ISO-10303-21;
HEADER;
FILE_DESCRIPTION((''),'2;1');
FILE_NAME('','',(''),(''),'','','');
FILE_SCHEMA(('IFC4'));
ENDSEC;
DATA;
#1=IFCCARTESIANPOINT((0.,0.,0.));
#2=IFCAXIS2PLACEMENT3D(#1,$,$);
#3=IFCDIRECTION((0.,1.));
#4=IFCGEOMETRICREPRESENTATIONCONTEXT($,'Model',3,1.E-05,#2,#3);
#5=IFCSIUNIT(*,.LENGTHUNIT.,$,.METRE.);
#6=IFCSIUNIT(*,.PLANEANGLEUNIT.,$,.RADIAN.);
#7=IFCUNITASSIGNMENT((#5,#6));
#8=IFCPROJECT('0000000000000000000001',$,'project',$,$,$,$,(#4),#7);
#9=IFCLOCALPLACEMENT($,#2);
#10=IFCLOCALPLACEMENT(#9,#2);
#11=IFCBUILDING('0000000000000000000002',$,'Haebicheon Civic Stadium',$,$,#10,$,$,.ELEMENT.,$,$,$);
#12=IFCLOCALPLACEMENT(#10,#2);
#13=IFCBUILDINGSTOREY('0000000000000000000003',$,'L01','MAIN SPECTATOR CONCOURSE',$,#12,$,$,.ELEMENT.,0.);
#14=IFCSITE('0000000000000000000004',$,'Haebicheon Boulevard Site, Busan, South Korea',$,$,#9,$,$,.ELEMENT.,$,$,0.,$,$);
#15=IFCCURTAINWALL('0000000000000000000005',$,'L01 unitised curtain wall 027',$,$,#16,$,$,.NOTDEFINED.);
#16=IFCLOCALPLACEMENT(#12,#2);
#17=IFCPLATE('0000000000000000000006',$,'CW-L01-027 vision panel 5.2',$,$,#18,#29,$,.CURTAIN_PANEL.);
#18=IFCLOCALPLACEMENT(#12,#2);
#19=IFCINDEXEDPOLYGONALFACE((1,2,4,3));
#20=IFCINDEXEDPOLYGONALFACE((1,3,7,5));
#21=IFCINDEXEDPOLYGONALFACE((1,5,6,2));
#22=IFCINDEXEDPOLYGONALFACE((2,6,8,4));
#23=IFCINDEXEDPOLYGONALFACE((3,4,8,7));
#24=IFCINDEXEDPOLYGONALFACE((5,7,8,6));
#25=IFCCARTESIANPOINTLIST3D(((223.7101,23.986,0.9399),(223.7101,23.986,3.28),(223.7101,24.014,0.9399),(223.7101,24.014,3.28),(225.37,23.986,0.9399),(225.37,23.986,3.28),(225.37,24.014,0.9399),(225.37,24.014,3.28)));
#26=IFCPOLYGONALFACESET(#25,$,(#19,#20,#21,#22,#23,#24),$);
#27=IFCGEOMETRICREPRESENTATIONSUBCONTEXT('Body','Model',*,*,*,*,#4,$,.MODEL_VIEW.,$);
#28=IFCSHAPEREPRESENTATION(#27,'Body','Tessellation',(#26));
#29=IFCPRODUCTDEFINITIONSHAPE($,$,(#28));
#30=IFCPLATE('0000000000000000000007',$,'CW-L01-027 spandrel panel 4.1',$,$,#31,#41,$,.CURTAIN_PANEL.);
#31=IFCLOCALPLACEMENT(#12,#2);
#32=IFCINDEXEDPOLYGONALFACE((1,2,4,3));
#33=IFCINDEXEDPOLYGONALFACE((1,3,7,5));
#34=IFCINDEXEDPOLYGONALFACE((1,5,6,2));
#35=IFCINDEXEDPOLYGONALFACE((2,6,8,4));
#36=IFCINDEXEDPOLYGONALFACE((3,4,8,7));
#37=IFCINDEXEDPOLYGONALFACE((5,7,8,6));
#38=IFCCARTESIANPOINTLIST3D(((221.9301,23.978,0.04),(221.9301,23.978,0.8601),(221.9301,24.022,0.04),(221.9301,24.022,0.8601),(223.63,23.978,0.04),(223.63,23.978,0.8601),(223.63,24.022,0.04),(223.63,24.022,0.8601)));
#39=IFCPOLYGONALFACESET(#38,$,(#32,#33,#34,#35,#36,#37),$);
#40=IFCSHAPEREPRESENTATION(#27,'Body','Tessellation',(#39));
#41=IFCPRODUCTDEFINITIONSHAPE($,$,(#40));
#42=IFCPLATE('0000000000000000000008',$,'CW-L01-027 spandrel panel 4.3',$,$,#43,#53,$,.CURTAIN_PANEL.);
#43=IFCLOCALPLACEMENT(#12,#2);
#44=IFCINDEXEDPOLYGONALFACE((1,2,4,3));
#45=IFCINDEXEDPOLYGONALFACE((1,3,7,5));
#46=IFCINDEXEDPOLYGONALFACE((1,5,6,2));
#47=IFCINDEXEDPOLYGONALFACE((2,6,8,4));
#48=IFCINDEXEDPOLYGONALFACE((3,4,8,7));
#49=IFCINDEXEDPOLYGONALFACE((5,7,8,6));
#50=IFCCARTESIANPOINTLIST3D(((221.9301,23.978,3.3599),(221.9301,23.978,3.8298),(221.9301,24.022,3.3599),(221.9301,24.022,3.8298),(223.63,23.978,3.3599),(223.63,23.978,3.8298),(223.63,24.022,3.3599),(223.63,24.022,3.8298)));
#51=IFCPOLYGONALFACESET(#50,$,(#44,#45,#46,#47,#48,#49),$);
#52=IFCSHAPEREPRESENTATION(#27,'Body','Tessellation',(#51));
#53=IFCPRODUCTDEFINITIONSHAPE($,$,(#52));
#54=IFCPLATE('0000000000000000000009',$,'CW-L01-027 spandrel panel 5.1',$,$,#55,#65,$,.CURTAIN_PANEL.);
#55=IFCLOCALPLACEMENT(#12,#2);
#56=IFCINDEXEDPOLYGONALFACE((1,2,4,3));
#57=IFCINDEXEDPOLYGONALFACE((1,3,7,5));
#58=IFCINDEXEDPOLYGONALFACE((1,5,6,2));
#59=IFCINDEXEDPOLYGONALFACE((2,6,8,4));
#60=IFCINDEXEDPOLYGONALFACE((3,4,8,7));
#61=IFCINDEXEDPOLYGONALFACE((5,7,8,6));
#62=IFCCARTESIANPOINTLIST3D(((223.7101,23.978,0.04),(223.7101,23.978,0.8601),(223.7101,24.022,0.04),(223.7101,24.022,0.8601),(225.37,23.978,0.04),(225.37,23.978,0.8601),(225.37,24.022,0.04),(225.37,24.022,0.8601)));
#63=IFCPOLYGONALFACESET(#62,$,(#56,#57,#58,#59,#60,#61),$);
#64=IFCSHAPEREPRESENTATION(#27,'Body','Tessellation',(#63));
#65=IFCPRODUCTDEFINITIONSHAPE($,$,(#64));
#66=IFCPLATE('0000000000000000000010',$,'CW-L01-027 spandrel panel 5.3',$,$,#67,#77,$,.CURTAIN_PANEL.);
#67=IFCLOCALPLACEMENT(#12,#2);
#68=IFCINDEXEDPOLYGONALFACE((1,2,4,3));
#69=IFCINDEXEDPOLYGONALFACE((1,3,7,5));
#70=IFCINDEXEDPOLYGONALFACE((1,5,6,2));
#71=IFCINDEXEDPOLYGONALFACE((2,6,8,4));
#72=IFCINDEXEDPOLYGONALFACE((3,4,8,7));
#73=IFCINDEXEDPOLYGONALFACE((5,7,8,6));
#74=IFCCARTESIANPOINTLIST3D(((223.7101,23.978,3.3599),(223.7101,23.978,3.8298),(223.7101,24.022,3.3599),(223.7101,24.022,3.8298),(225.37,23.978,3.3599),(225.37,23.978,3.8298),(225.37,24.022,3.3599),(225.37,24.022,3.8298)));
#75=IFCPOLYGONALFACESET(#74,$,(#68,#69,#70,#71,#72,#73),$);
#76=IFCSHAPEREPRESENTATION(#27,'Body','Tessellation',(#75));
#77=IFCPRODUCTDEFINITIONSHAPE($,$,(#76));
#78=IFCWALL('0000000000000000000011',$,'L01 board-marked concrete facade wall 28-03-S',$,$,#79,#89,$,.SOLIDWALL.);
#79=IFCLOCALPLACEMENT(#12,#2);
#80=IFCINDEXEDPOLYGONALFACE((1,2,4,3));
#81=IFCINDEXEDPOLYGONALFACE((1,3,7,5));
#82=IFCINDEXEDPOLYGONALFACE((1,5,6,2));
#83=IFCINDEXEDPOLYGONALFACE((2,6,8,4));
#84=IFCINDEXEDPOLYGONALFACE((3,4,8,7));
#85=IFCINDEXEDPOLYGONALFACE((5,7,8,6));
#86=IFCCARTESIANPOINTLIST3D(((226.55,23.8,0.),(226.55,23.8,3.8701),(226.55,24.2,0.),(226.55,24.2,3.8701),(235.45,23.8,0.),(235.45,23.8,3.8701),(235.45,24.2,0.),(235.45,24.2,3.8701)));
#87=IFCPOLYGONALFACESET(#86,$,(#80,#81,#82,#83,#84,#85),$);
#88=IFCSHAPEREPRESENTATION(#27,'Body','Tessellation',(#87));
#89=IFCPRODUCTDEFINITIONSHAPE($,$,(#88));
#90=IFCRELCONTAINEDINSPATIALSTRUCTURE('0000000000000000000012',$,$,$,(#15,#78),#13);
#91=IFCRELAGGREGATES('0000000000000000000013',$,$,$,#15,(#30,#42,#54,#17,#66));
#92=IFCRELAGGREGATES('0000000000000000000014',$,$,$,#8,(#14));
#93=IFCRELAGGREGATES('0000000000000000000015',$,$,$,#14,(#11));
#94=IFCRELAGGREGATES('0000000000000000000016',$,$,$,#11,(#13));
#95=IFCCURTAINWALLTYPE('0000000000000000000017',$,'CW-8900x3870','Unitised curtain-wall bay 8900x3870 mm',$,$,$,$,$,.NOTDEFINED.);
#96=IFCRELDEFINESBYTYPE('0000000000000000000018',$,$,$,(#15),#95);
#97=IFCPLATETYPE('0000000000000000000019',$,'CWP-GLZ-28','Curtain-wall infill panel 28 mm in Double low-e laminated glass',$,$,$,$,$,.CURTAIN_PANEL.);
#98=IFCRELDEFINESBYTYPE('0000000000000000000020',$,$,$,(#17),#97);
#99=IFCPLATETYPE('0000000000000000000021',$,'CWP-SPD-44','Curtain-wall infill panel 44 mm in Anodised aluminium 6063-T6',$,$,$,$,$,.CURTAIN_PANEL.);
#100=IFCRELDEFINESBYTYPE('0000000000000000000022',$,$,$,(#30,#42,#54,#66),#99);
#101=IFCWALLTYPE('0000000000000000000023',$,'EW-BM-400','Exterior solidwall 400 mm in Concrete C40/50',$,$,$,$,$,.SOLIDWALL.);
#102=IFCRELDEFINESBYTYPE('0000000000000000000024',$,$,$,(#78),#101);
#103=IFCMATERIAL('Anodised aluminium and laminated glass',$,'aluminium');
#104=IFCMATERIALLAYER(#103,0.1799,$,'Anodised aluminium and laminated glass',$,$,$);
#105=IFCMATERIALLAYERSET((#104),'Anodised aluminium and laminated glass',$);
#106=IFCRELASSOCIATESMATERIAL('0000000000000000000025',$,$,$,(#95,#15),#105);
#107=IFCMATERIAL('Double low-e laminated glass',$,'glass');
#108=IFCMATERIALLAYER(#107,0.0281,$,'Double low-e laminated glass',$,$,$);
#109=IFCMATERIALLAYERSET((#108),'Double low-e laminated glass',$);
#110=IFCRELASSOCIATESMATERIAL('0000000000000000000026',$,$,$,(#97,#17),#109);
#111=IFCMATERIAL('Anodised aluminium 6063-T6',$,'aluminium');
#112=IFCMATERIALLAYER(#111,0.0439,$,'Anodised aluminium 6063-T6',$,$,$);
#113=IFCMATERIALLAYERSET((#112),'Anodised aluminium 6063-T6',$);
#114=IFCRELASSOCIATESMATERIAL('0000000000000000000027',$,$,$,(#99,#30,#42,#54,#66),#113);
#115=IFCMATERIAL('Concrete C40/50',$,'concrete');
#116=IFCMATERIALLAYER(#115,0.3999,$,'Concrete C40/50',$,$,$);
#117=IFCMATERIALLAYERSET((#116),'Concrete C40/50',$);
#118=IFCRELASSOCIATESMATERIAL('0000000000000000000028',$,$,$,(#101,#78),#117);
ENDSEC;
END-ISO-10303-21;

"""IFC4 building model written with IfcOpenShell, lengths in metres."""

from ifc_helpers import new_model, si_unit, direction, frame, frame_2d, origin, origin_2d, place, context, subcontext, project, spatial, rectangle, extrude, material, layer, layer_set, type_object, element, aggregate, save


model = new_model("IFC4")

# Units and contexts
model_context = context("Model", 3, precision=1e-05, world=origin(), true_north=direction((0.0, 1.0)))
body_context = subcontext(model_context, "Body", "Model", "MODEL_VIEW")
ifc_project = project(units=[si_unit("LENGTHUNIT", "METRE"), si_unit("PLANEANGLEUNIT", "RADIAN")], contexts=[model_context])

# Site, building, storey
site_placement = place(None, origin())
site = spatial("IfcSite", under=ifc_project, at=site_placement, Name="Haebicheon Boulevard Site, Busan, South Korea", CompositionType="ELEMENT", RefElevation=0.0)
building_placement = place(site_placement, origin())
building = spatial("IfcBuilding", under=site, at=building_placement, Name="Haebicheon Civic Stadium", CompositionType="ELEMENT")
storey_placement = place(building_placement, origin())
storey = spatial("IfcBuildingStorey", under=building, at=storey_placement, Name="L01", Description="MAIN SPECTATOR CONCOURSE", CompositionType="ELEMENT", Elevation=0.0)

# Curtain wall
ifc_material_1 = material(Name="Anodised aluminium and laminated glass", Category="aluminium")
ifc_layer_1 = layer(ifc_material_1, 0.1799, Name="Anodised aluminium and laminated glass")
ifc_layer_set_1 = layer_set([ifc_layer_1], Name="Anodised aluminium and laminated glass")
curtain_wall_type = type_object("IfcCurtainWallType", Name="CW-8900x3870", Description="Unitised curtain-wall bay 8900x3870 mm", PredefinedType="NOTDEFINED", material=ifc_layer_set_1)
curtain_wall_placement = place(storey_placement, origin())
curtain_wall = element("IfcCurtainWall", 1, at=curtain_wall_placement, inside=storey, type_object=curtain_wall_type, material=ifc_layer_set_1, Name="L01 unitised curtain wall 027", PredefinedType="NOTDEFINED")

# Plates
ifc_material_2 = material(Name="Double low-e laminated glass", Category="glass")
ifc_layer_2 = layer(ifc_material_2, 0.0281, Name="Double low-e laminated glass")
ifc_layer_set_2 = layer_set([ifc_layer_2], Name="Double low-e laminated glass")
plate_type_1 = type_object("IfcPlateType", Name="CWP-GLZ-28", Description="Curtain-wall infill panel 28 mm in Double low-e laminated glass", PredefinedType="CURTAIN_PANEL", material=ifc_layer_set_2)
plate_1_placement = place(storey_placement, frame((224.54, 24.0, 0.9399), z_axis=(0.0, 0.0, 1.0), x_axis=(1.0, 0.0, 0.0)))
plate_1 = element("IfcPlate", 2, at=plate_1_placement, type_object=plate_type_1, material=ifc_layer_set_2, Name="CW-L01-027 vision panel 5.2", PredefinedType="CURTAIN_PANEL", context=body_context, shape_type="SweptSolid", body=[
    extrude(rectangle(XDim=1.6599, YDim=0.0281, at=origin_2d()), origin(), (0.0, 0.0, 1.0), 2.3401),
])
ifc_material_3 = material(Name="Anodised aluminium 6063-T6", Category="aluminium")
ifc_layer_3 = layer(ifc_material_3, 0.0439, Name="Anodised aluminium 6063-T6")
ifc_layer_set_3 = layer_set([ifc_layer_3], Name="Anodised aluminium 6063-T6")
plate_type_2 = type_object("IfcPlateType", Name="CWP-SPD-44", Description="Curtain-wall infill panel 44 mm in Anodised aluminium 6063-T6", PredefinedType="CURTAIN_PANEL", material=ifc_layer_set_3)
plate_2_placement = place(storey_placement, frame((222.78, 24.0, 0.04), z_axis=(0.0, 0.0, 1.0), x_axis=(1.0, 0.0, 0.0)))
plate_2 = element("IfcPlate", 3, at=plate_2_placement, type_object=plate_type_2, material=ifc_layer_set_3, Name="CW-L01-027 spandrel panel 4.1", PredefinedType="CURTAIN_PANEL", context=body_context, shape_type="SweptSolid", body=[
    extrude(rectangle(XDim=1.7, YDim=0.0439, at=origin_2d()), origin(), (0.0, 0.0, 1.0), 0.8201),
])
plate_3_placement = place(storey_placement, frame((222.78, 24.0, 3.3599), z_axis=(0.0, 0.0, 1.0), x_axis=(1.0, 0.0, 0.0)))
plate_3 = element("IfcPlate", 4, at=plate_3_placement, type_object=plate_type_2, material=ifc_layer_set_3, Name="CW-L01-027 spandrel panel 4.3", PredefinedType="CURTAIN_PANEL", context=body_context, shape_type="SweptSolid", body=[
    extrude(rectangle(XDim=1.7, YDim=0.0439, at=origin_2d()), origin(), (0.0, 0.0, 1.0), 0.47),
])
plate_4_placement = place(storey_placement, frame((224.54, 24.0, 0.04), z_axis=(0.0, 0.0, 1.0), x_axis=(1.0, 0.0, 0.0)))
plate_4 = element("IfcPlate", 5, at=plate_4_placement, type_object=plate_type_2, material=ifc_layer_set_3, Name="CW-L01-027 spandrel panel 5.1", PredefinedType="CURTAIN_PANEL", context=body_context, shape_type="SweptSolid", body=[
    extrude(rectangle(XDim=1.6599, YDim=0.0439, at=origin_2d()), origin(), (0.0, 0.0, 1.0), 0.8201),
])
plate_5_placement = place(storey_placement, frame((224.54, 24.0, 3.3599), z_axis=(0.0, 0.0, 1.0), x_axis=(1.0, 0.0, 0.0)))
plate_5 = element("IfcPlate", 6, at=plate_5_placement, type_object=plate_type_2, material=ifc_layer_set_3, Name="CW-L01-027 spandrel panel 5.3", PredefinedType="CURTAIN_PANEL", context=body_context, shape_type="SweptSolid", body=[
    extrude(rectangle(XDim=1.6599, YDim=0.0439, at=origin_2d()), origin(), (0.0, 0.0, 1.0), 0.47),
])
aggregate(curtain_wall, [plate_2, plate_3, plate_4, plate_1, plate_5])

# Wall
ifc_material_4 = material(Name="Concrete C40/50", Category="concrete")
ifc_layer_4 = layer(ifc_material_4, 0.3999, Name="Concrete C40/50")
ifc_layer_set_4 = layer_set([ifc_layer_4], Name="Concrete C40/50")
wall_type = type_object("IfcWallType", Name="EW-BM-400", Description="Exterior solidwall 400 mm in Concrete C40/50", PredefinedType="SOLIDWALL", material=ifc_layer_set_4)
wall_placement = place(storey_placement, frame((226.55, 24.0, 0.0), z_axis=(0.0, 0.0, 1.0), x_axis=(1.0, 0.0, 0.0)))
element("IfcWall", 7, at=wall_placement, inside=storey, type_object=wall_type, material=ifc_layer_set_4, Name="L01 board-marked concrete facade wall 28-03-S", PredefinedType="SOLIDWALL", context=body_context, shape_type="SweptSolid", body=[
    extrude(rectangle(XDim=8.8999, YDim=0.3999, at=frame_2d((4.45, 0.0))), origin(), (0.0, 0.0, 1.0), 3.8701),
])

save(model, "model.ifc")
